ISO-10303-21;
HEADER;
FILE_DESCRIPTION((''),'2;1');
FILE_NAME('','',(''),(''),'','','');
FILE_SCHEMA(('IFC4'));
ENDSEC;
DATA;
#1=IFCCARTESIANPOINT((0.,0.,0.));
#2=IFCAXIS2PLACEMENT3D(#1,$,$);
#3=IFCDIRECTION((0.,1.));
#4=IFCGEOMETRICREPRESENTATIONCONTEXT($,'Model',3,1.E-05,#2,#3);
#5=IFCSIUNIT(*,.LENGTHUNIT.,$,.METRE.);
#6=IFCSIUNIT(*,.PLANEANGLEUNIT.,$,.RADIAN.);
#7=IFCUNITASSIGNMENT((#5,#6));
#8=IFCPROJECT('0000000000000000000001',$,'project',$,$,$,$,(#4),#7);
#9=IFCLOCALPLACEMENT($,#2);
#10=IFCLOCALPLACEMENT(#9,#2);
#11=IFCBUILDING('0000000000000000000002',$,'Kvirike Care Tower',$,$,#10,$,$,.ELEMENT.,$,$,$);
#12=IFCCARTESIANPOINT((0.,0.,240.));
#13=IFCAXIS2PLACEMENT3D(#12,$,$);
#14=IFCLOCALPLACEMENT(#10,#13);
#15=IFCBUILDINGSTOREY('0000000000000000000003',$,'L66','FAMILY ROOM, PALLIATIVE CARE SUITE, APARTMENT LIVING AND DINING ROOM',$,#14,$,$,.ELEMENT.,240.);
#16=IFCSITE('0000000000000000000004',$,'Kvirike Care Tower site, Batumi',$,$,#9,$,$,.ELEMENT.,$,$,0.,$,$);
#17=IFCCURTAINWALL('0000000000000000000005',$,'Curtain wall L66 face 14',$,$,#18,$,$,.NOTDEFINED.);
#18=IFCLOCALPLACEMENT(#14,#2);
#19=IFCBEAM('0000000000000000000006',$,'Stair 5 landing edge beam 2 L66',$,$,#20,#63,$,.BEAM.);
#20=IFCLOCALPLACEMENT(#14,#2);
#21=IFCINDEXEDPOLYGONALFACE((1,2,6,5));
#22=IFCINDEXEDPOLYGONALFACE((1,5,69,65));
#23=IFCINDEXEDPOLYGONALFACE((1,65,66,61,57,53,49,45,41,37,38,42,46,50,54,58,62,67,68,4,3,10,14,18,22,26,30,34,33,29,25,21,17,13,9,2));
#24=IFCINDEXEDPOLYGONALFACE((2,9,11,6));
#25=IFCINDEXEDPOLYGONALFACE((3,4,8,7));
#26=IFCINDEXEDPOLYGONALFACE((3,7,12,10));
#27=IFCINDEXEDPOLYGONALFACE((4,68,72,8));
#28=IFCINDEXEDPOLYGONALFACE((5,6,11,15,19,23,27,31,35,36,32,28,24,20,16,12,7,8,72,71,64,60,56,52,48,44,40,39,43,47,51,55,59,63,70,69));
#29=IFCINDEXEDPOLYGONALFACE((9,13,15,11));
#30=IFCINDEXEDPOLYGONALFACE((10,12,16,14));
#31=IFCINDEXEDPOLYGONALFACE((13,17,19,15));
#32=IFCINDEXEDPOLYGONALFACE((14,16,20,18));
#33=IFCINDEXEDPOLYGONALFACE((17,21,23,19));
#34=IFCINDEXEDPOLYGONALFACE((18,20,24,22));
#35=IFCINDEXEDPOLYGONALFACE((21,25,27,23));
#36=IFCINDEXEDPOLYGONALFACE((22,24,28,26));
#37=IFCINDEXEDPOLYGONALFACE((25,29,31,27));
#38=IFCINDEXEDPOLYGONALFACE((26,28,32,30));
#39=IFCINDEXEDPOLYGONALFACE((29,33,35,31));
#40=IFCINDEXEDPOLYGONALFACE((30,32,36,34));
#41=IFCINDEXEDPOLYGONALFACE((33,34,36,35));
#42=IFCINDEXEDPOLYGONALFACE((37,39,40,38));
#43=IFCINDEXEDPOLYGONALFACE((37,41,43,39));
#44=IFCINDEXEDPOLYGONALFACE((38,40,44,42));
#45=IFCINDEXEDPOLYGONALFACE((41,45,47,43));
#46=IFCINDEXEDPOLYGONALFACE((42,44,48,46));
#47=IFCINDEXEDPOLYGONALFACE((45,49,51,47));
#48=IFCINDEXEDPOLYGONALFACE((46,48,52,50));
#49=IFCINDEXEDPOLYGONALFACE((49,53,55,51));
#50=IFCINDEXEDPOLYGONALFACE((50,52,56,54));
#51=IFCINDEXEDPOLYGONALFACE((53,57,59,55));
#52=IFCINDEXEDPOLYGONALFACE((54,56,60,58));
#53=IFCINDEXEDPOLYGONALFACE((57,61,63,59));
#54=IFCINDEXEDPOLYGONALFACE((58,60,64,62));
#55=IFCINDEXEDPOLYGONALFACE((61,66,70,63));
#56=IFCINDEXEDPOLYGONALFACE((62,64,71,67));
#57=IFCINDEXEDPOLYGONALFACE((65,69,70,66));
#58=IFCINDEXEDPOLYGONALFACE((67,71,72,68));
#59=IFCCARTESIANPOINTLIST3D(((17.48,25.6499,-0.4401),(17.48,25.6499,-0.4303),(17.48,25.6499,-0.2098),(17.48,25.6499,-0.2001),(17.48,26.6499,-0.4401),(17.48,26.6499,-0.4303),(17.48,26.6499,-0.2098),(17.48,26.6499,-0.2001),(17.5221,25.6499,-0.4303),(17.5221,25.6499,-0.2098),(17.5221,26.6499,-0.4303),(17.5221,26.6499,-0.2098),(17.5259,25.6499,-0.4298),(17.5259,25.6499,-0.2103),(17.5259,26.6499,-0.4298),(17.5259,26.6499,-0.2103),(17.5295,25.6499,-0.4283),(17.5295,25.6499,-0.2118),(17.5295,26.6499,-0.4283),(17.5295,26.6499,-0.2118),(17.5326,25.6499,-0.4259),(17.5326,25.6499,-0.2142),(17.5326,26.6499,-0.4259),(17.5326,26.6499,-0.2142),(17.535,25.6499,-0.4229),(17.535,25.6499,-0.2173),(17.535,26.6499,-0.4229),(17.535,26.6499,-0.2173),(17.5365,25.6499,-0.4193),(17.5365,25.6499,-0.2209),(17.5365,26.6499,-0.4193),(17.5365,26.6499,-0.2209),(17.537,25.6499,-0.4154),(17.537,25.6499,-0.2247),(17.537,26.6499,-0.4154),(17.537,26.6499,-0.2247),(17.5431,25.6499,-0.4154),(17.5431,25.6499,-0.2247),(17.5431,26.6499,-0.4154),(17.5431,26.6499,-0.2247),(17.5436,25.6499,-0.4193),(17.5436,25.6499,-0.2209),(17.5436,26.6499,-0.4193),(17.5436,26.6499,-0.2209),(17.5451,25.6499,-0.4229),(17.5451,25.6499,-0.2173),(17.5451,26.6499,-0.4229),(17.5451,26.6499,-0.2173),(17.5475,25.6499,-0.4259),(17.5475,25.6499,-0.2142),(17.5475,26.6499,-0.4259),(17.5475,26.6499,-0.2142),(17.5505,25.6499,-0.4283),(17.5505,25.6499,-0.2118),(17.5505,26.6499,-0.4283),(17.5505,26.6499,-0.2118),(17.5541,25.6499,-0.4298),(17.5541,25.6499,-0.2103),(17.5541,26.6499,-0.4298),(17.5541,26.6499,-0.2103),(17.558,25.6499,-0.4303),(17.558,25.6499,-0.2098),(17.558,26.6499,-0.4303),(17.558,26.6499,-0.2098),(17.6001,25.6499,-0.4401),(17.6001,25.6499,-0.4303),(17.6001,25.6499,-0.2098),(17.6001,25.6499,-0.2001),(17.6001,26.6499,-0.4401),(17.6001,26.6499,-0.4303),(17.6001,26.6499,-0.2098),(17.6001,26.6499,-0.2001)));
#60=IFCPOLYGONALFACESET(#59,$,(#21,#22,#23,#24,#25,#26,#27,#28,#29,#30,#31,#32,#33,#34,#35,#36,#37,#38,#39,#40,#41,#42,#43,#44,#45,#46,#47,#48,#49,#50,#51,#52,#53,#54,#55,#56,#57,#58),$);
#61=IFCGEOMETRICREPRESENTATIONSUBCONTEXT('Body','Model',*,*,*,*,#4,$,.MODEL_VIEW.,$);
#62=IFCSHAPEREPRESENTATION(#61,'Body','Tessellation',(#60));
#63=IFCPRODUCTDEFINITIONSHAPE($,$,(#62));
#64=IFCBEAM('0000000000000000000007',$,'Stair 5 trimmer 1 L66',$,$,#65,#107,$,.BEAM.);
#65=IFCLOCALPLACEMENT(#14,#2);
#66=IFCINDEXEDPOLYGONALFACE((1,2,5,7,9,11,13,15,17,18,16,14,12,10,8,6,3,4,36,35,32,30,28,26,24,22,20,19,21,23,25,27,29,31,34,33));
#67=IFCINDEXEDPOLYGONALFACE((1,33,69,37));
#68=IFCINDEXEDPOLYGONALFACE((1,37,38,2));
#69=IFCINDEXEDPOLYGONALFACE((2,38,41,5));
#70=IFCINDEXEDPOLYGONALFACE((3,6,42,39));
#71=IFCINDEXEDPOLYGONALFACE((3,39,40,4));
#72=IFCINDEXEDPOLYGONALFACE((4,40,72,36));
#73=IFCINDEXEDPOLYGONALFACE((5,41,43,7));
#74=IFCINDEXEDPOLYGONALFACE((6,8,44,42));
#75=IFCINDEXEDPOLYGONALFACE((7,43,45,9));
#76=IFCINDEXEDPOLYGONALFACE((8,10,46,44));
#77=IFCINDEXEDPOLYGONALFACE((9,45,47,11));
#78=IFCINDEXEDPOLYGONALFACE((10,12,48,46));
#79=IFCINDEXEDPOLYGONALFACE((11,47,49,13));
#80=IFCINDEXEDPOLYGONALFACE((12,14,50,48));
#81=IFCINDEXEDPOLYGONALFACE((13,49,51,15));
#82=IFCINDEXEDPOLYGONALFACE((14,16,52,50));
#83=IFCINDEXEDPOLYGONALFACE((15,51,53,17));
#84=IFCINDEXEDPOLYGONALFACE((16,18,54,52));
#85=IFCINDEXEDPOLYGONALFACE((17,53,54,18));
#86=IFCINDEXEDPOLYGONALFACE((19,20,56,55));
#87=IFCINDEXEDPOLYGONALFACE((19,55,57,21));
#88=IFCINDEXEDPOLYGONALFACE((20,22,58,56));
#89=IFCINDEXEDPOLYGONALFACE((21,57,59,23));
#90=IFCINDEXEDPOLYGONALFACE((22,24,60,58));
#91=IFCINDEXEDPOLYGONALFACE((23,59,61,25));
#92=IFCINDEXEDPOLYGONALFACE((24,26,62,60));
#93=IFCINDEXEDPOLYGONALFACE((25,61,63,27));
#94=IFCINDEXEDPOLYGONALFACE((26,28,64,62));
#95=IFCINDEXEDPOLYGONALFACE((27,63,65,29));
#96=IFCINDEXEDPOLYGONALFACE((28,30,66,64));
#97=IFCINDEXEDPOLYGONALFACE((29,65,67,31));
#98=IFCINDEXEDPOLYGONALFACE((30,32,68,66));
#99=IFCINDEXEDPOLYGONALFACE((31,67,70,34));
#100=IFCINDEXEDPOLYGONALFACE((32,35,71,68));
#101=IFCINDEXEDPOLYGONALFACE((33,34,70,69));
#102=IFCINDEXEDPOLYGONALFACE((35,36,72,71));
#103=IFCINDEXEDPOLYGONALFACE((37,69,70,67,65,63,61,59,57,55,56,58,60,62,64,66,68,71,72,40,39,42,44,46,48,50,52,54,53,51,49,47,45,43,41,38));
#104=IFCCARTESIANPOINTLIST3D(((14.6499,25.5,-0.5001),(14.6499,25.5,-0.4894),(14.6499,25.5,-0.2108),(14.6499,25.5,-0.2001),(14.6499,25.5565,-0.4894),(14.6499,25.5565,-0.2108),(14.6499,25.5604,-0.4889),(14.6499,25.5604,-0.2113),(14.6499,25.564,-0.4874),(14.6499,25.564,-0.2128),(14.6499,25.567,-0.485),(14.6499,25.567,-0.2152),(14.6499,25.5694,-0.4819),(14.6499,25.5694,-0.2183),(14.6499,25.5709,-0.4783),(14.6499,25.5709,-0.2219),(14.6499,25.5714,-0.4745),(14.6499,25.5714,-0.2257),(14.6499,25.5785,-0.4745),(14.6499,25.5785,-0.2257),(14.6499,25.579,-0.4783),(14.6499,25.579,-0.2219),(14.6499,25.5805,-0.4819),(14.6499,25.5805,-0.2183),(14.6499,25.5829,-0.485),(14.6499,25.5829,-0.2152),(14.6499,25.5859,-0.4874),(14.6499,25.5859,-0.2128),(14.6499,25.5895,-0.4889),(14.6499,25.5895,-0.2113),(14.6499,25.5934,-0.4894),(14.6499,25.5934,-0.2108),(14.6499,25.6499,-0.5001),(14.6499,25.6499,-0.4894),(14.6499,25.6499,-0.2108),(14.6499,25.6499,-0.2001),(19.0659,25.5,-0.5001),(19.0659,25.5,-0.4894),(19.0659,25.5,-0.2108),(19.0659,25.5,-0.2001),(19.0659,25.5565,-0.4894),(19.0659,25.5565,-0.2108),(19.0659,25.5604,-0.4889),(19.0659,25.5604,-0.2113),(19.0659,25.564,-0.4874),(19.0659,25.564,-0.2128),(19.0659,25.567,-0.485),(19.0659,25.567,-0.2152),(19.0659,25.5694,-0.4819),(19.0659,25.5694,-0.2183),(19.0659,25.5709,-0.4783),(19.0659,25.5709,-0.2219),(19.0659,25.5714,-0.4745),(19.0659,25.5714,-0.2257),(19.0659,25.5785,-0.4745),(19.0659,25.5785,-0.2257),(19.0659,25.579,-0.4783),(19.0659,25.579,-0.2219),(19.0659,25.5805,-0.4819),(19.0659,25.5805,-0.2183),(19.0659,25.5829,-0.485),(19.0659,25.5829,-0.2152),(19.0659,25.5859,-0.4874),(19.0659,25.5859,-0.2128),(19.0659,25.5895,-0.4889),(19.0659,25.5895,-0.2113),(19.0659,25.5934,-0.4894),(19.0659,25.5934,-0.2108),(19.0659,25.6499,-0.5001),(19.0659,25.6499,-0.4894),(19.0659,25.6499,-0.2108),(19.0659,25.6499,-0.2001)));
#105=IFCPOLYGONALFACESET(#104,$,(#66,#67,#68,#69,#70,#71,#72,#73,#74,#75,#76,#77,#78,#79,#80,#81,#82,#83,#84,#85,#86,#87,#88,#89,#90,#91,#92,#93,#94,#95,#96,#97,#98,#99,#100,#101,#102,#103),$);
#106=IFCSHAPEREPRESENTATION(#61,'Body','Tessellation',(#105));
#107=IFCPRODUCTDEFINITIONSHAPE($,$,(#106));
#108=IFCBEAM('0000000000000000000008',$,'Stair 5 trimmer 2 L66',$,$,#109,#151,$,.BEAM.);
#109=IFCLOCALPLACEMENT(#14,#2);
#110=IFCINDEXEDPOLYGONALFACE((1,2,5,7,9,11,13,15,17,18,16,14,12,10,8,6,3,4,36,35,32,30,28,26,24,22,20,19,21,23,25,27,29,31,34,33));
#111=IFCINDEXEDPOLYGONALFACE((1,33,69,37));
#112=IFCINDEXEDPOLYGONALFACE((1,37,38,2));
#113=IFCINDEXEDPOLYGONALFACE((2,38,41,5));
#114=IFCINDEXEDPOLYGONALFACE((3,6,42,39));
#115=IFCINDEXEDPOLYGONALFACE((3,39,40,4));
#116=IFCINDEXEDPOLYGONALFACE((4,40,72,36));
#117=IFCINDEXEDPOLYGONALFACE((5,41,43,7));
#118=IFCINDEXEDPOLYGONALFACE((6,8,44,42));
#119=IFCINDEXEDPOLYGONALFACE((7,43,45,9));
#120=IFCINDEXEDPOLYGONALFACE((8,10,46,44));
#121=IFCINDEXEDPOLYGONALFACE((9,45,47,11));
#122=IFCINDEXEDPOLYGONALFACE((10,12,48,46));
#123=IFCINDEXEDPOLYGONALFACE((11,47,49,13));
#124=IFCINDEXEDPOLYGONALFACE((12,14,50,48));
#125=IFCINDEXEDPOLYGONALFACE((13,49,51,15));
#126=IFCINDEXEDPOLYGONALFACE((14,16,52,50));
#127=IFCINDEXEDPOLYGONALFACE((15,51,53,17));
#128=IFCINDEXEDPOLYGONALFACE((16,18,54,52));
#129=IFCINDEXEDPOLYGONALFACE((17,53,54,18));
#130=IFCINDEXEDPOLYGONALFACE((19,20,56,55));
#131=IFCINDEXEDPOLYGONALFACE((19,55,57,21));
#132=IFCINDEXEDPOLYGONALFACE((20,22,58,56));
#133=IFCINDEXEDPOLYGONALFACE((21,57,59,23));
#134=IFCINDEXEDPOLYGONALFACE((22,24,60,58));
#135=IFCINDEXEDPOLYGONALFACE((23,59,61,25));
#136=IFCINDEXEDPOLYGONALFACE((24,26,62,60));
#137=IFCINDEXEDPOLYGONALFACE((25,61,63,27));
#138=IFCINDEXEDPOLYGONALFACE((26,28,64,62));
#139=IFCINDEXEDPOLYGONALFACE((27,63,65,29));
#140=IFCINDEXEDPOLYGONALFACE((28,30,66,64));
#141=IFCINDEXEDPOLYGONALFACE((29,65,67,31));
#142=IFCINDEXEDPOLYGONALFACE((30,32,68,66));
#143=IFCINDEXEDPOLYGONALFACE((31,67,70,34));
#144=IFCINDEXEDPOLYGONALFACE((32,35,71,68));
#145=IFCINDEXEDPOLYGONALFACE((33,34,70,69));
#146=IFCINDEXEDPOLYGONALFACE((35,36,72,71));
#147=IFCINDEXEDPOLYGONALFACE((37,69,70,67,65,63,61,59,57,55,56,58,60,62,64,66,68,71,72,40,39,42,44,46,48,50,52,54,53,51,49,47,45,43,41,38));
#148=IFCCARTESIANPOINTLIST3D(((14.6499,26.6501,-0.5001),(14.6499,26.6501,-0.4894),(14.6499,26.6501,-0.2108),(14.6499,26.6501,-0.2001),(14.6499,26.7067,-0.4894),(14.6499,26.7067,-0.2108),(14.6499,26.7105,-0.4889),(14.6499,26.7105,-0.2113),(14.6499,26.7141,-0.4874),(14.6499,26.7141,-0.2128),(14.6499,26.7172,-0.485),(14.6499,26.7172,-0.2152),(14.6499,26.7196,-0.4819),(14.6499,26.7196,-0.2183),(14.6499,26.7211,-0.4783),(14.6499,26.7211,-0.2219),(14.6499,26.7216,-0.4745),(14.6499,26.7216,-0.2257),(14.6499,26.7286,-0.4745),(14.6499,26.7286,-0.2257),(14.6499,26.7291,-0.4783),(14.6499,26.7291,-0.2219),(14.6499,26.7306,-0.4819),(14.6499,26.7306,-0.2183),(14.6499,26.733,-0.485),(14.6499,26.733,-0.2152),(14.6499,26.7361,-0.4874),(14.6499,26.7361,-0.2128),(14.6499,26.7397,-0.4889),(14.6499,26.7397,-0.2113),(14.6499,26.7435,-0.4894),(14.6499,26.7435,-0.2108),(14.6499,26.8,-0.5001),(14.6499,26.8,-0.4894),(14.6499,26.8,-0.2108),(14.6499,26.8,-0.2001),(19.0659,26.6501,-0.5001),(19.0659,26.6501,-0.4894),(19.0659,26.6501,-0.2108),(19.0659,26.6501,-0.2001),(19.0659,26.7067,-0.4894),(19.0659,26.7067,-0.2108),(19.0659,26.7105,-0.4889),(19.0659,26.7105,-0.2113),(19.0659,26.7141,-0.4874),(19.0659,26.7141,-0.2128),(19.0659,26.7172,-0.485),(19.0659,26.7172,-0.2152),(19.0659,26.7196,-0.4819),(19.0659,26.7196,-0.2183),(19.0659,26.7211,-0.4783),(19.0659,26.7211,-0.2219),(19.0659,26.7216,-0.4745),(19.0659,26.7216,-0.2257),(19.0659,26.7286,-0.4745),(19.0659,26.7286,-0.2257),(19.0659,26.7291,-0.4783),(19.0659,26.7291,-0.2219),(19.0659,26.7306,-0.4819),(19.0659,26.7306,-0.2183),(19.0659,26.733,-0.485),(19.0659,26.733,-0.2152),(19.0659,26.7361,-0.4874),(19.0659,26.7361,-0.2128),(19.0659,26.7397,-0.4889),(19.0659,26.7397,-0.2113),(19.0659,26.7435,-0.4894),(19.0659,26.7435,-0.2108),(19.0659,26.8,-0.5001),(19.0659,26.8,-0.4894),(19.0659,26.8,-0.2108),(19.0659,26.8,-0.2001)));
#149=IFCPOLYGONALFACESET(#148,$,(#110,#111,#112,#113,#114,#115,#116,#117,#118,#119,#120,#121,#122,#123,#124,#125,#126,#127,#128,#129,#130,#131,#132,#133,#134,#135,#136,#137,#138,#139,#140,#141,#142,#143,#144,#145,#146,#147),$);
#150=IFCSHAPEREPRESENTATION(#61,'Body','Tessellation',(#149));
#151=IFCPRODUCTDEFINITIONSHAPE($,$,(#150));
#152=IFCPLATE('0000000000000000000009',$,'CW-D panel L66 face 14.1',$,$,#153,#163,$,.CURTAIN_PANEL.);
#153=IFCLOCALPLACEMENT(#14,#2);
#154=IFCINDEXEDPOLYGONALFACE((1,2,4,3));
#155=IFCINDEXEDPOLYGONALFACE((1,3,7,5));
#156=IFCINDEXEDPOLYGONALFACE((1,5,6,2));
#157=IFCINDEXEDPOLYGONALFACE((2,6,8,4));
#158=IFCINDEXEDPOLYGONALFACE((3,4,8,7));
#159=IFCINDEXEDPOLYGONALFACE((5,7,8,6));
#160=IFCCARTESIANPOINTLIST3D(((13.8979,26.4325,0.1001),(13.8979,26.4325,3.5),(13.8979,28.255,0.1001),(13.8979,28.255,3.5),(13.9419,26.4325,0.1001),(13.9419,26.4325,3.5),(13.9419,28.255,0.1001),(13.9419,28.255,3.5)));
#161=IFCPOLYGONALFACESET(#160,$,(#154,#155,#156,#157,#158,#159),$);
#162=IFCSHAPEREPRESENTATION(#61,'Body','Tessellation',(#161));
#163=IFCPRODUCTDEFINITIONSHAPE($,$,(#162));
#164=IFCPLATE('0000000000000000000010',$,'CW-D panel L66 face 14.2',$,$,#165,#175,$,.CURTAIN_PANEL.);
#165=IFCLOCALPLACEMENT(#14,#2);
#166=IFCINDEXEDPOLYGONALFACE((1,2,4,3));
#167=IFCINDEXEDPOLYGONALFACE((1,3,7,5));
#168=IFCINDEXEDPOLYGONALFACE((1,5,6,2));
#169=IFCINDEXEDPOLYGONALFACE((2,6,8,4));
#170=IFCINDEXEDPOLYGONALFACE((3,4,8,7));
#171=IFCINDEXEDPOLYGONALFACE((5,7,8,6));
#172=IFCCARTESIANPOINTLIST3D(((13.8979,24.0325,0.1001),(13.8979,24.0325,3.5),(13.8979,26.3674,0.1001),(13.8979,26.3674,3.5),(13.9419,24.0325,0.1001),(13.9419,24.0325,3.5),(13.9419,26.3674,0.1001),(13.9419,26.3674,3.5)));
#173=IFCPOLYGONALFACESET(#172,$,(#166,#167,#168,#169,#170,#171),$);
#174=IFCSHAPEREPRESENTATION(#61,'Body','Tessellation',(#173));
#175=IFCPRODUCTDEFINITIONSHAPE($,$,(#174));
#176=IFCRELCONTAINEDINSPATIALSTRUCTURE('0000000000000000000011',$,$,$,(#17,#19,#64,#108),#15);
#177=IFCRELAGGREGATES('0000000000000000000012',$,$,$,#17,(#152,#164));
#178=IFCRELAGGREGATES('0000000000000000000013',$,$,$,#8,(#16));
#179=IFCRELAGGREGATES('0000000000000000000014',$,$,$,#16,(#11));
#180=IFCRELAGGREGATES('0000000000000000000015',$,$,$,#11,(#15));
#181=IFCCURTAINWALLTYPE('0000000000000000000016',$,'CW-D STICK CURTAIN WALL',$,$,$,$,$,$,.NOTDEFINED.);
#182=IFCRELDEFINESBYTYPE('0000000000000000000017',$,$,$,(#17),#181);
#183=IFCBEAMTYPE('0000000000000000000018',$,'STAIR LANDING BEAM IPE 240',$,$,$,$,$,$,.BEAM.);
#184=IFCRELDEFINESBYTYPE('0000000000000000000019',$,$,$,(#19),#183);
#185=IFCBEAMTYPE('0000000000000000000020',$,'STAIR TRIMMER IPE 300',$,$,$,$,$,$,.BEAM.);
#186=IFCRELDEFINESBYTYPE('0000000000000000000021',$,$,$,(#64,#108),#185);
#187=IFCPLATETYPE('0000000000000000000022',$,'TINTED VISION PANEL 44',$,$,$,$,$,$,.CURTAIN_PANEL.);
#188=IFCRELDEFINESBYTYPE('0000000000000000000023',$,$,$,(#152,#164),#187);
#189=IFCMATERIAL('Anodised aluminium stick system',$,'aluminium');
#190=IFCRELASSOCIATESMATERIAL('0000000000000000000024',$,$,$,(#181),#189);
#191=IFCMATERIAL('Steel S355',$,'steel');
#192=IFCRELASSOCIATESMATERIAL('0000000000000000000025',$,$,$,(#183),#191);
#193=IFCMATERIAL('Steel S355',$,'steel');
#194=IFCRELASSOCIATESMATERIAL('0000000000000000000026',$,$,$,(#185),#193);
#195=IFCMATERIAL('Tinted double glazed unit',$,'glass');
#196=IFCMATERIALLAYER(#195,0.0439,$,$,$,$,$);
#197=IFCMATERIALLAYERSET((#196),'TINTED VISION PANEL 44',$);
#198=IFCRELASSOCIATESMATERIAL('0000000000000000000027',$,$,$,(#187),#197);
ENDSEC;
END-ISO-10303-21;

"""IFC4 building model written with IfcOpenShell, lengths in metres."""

from ifc_helpers import new_model, si_unit, direction, frame, origin, origin_2d, place, context, subcontext, project, spatial, rectangle, i_section, extrude, material, layer, layer_set, material_profile, profile_set, type_object, element, aggregate, save


model = new_model("IFC4")

# Units and contexts
model_context = context("Model", 3, precision=1e-05, world=origin(), true_north=direction((0.0, 1.0)))
body_context = subcontext(model_context, "Body", "Model", "MODEL_VIEW")
ifc_project = project(units=[si_unit("LENGTHUNIT", "METRE"), si_unit("PLANEANGLEUNIT", "RADIAN")], contexts=[model_context])

# Site, building, storey
site_placement = place(None, origin())
site = spatial("IfcSite", under=ifc_project, at=site_placement, Name="Kvirike Care Tower site, Batumi", CompositionType="ELEMENT", RefElevation=0.0)
building_placement = place(site_placement, origin())
building = spatial("IfcBuilding", under=site, at=building_placement, Name="Kvirike Care Tower", CompositionType="ELEMENT")
storey_placement = place(building_placement, frame((0.0, 0.0, 240.0)))
storey = spatial("IfcBuildingStorey", under=building, at=storey_placement, Name="L66", Description="FAMILY ROOM, PALLIATIVE CARE SUITE, APARTMENT LIVING AND DINING ROOM", CompositionType="ELEMENT", Elevation=240.0)

# Curtain wall
ifc_material_1 = material(Name="Anodised aluminium stick system", Category="aluminium")
curtain_wall_type = type_object("IfcCurtainWallType", Name="CW-D STICK CURTAIN WALL", PredefinedType="NOTDEFINED", material=ifc_material_1)
curtain_wall_placement = place(storey_placement, origin())
curtain_wall = element("IfcCurtainWall", 1, at=curtain_wall_placement, inside=storey, type_object=curtain_wall_type, Name="Curtain wall L66 face 14", PredefinedType="NOTDEFINED")

# Beams
ifc_material_2 = material(Name="Steel S355", Category="steel")
ifc_material_profile_1 = material_profile(ifc_material_2, i_section(OverallWidth=0.1201, OverallDepth=0.24, WebThickness=0.0061, FlangeThickness=0.0098, FilletRadius=0.0149, at=origin_2d()), Name="IPE 240")
ifc_profile_set_1 = profile_set([ifc_material_profile_1], Name="Steel S355")
beam_type_1 = type_object("IfcBeamType", Name="STAIR LANDING BEAM IPE 240", PredefinedType="BEAM", material=ifc_profile_set_1)
for number, where, z_axis, x_axis, name in (
    (2, (17.54, 25.6499, -0.3201), (0.0, 1.0, 0.0), (-1.0, 0.0, 0.0), "Stair 5 landing edge beam 2 L66"),
):
    element("IfcBeam", number, at=place(storey_placement, frame(where, z_axis=z_axis, x_axis=x_axis)), inside=storey, type_object=beam_type_1, Name=name, PredefinedType="BEAM", context=body_context, shape_type="SweptSolid", body=[
        extrude(i_section(OverallWidth=0.1201, OverallDepth=0.24, WebThickness=0.0061, FlangeThickness=0.0098, FilletRadius=0.0149, at=origin_2d()), origin(), (0.0, 0.0, 1.0), 1.0),
    ])
ifc_material_3 = material(Name="Steel S355", Category="steel")
ifc_material_profile_2 = material_profile(ifc_material_3, i_section(OverallWidth=0.1499, OverallDepth=0.3, WebThickness=0.0071, FlangeThickness=0.0107, FilletRadius=0.0149, at=origin_2d()), Name="IPE 300")
ifc_profile_set_2 = profile_set([ifc_material_profile_2], Name="Steel S355")
beam_type_2 = type_object("IfcBeamType", Name="STAIR TRIMMER IPE 300", PredefinedType="BEAM", material=ifc_profile_set_2)
for number, where, z_axis, x_axis, name in (
    (3, (14.6499, 25.575, -0.3501), (1.0, 0.0, 0.0), (0.0, 1.0, 0.0), "Stair 5 trimmer 1 L66"),
    (4, (14.6499, 26.7251, -0.3501), (1.0, 0.0, 0.0), (0.0, 1.0, 0.0), "Stair 5 trimmer 2 L66"),
):
    element("IfcBeam", number, at=place(storey_placement, frame(where, z_axis=z_axis, x_axis=x_axis)), inside=storey, type_object=beam_type_2, Name=name, PredefinedType="BEAM", context=body_context, shape_type="SweptSolid", body=[
        extrude(i_section(OverallWidth=0.1499, OverallDepth=0.3, WebThickness=0.0071, FlangeThickness=0.0107, FilletRadius=0.0149, at=origin_2d()), origin(), (0.0, 0.0, 1.0), 4.416),
    ])

# Plates
ifc_material_4 = material(Name="Tinted double glazed unit", Category="glass")
ifc_layer_1 = layer(ifc_material_4, 0.0439)
ifc_layer_set_1 = layer_set([ifc_layer_1], Name="TINTED VISION PANEL 44")
plate_type = type_object("IfcPlateType", Name="TINTED VISION PANEL 44", PredefinedType="CURTAIN_PANEL", material=ifc_layer_set_1)
plate_1_placement = place(storey_placement, frame((13.9199, 27.3438, 0.1001), z_axis=(0.0, 0.0, 1.0), x_axis=(0.0, -1.0, 0.0)))
plate_1 = element("IfcPlate", 5, at=plate_1_placement, type_object=plate_type, Name="CW-D panel L66 face 14.1", PredefinedType="CURTAIN_PANEL", context=body_context, shape_type="SweptSolid", body=[
    extrude(rectangle(XDim=1.8225, YDim=0.0439, at=origin_2d()), origin(), (0.0, 0.0, 1.0), 3.3999),
])
plate_2_placement = place(storey_placement, frame((13.9199, 25.2, 0.1001), z_axis=(0.0, 0.0, 1.0), x_axis=(0.0, -1.0, 0.0)))
plate_2 = element("IfcPlate", 6, at=plate_2_placement, type_object=plate_type, Name="CW-D panel L66 face 14.2", PredefinedType="CURTAIN_PANEL", context=body_context, shape_type="SweptSolid", body=[
    extrude(rectangle(XDim=2.335, YDim=0.0439, at=origin_2d()), origin(), (0.0, 0.0, 1.0), 3.3999),
])
aggregate(curtain_wall, [plate_1, plate_2])

save(model, "model.ifc")
